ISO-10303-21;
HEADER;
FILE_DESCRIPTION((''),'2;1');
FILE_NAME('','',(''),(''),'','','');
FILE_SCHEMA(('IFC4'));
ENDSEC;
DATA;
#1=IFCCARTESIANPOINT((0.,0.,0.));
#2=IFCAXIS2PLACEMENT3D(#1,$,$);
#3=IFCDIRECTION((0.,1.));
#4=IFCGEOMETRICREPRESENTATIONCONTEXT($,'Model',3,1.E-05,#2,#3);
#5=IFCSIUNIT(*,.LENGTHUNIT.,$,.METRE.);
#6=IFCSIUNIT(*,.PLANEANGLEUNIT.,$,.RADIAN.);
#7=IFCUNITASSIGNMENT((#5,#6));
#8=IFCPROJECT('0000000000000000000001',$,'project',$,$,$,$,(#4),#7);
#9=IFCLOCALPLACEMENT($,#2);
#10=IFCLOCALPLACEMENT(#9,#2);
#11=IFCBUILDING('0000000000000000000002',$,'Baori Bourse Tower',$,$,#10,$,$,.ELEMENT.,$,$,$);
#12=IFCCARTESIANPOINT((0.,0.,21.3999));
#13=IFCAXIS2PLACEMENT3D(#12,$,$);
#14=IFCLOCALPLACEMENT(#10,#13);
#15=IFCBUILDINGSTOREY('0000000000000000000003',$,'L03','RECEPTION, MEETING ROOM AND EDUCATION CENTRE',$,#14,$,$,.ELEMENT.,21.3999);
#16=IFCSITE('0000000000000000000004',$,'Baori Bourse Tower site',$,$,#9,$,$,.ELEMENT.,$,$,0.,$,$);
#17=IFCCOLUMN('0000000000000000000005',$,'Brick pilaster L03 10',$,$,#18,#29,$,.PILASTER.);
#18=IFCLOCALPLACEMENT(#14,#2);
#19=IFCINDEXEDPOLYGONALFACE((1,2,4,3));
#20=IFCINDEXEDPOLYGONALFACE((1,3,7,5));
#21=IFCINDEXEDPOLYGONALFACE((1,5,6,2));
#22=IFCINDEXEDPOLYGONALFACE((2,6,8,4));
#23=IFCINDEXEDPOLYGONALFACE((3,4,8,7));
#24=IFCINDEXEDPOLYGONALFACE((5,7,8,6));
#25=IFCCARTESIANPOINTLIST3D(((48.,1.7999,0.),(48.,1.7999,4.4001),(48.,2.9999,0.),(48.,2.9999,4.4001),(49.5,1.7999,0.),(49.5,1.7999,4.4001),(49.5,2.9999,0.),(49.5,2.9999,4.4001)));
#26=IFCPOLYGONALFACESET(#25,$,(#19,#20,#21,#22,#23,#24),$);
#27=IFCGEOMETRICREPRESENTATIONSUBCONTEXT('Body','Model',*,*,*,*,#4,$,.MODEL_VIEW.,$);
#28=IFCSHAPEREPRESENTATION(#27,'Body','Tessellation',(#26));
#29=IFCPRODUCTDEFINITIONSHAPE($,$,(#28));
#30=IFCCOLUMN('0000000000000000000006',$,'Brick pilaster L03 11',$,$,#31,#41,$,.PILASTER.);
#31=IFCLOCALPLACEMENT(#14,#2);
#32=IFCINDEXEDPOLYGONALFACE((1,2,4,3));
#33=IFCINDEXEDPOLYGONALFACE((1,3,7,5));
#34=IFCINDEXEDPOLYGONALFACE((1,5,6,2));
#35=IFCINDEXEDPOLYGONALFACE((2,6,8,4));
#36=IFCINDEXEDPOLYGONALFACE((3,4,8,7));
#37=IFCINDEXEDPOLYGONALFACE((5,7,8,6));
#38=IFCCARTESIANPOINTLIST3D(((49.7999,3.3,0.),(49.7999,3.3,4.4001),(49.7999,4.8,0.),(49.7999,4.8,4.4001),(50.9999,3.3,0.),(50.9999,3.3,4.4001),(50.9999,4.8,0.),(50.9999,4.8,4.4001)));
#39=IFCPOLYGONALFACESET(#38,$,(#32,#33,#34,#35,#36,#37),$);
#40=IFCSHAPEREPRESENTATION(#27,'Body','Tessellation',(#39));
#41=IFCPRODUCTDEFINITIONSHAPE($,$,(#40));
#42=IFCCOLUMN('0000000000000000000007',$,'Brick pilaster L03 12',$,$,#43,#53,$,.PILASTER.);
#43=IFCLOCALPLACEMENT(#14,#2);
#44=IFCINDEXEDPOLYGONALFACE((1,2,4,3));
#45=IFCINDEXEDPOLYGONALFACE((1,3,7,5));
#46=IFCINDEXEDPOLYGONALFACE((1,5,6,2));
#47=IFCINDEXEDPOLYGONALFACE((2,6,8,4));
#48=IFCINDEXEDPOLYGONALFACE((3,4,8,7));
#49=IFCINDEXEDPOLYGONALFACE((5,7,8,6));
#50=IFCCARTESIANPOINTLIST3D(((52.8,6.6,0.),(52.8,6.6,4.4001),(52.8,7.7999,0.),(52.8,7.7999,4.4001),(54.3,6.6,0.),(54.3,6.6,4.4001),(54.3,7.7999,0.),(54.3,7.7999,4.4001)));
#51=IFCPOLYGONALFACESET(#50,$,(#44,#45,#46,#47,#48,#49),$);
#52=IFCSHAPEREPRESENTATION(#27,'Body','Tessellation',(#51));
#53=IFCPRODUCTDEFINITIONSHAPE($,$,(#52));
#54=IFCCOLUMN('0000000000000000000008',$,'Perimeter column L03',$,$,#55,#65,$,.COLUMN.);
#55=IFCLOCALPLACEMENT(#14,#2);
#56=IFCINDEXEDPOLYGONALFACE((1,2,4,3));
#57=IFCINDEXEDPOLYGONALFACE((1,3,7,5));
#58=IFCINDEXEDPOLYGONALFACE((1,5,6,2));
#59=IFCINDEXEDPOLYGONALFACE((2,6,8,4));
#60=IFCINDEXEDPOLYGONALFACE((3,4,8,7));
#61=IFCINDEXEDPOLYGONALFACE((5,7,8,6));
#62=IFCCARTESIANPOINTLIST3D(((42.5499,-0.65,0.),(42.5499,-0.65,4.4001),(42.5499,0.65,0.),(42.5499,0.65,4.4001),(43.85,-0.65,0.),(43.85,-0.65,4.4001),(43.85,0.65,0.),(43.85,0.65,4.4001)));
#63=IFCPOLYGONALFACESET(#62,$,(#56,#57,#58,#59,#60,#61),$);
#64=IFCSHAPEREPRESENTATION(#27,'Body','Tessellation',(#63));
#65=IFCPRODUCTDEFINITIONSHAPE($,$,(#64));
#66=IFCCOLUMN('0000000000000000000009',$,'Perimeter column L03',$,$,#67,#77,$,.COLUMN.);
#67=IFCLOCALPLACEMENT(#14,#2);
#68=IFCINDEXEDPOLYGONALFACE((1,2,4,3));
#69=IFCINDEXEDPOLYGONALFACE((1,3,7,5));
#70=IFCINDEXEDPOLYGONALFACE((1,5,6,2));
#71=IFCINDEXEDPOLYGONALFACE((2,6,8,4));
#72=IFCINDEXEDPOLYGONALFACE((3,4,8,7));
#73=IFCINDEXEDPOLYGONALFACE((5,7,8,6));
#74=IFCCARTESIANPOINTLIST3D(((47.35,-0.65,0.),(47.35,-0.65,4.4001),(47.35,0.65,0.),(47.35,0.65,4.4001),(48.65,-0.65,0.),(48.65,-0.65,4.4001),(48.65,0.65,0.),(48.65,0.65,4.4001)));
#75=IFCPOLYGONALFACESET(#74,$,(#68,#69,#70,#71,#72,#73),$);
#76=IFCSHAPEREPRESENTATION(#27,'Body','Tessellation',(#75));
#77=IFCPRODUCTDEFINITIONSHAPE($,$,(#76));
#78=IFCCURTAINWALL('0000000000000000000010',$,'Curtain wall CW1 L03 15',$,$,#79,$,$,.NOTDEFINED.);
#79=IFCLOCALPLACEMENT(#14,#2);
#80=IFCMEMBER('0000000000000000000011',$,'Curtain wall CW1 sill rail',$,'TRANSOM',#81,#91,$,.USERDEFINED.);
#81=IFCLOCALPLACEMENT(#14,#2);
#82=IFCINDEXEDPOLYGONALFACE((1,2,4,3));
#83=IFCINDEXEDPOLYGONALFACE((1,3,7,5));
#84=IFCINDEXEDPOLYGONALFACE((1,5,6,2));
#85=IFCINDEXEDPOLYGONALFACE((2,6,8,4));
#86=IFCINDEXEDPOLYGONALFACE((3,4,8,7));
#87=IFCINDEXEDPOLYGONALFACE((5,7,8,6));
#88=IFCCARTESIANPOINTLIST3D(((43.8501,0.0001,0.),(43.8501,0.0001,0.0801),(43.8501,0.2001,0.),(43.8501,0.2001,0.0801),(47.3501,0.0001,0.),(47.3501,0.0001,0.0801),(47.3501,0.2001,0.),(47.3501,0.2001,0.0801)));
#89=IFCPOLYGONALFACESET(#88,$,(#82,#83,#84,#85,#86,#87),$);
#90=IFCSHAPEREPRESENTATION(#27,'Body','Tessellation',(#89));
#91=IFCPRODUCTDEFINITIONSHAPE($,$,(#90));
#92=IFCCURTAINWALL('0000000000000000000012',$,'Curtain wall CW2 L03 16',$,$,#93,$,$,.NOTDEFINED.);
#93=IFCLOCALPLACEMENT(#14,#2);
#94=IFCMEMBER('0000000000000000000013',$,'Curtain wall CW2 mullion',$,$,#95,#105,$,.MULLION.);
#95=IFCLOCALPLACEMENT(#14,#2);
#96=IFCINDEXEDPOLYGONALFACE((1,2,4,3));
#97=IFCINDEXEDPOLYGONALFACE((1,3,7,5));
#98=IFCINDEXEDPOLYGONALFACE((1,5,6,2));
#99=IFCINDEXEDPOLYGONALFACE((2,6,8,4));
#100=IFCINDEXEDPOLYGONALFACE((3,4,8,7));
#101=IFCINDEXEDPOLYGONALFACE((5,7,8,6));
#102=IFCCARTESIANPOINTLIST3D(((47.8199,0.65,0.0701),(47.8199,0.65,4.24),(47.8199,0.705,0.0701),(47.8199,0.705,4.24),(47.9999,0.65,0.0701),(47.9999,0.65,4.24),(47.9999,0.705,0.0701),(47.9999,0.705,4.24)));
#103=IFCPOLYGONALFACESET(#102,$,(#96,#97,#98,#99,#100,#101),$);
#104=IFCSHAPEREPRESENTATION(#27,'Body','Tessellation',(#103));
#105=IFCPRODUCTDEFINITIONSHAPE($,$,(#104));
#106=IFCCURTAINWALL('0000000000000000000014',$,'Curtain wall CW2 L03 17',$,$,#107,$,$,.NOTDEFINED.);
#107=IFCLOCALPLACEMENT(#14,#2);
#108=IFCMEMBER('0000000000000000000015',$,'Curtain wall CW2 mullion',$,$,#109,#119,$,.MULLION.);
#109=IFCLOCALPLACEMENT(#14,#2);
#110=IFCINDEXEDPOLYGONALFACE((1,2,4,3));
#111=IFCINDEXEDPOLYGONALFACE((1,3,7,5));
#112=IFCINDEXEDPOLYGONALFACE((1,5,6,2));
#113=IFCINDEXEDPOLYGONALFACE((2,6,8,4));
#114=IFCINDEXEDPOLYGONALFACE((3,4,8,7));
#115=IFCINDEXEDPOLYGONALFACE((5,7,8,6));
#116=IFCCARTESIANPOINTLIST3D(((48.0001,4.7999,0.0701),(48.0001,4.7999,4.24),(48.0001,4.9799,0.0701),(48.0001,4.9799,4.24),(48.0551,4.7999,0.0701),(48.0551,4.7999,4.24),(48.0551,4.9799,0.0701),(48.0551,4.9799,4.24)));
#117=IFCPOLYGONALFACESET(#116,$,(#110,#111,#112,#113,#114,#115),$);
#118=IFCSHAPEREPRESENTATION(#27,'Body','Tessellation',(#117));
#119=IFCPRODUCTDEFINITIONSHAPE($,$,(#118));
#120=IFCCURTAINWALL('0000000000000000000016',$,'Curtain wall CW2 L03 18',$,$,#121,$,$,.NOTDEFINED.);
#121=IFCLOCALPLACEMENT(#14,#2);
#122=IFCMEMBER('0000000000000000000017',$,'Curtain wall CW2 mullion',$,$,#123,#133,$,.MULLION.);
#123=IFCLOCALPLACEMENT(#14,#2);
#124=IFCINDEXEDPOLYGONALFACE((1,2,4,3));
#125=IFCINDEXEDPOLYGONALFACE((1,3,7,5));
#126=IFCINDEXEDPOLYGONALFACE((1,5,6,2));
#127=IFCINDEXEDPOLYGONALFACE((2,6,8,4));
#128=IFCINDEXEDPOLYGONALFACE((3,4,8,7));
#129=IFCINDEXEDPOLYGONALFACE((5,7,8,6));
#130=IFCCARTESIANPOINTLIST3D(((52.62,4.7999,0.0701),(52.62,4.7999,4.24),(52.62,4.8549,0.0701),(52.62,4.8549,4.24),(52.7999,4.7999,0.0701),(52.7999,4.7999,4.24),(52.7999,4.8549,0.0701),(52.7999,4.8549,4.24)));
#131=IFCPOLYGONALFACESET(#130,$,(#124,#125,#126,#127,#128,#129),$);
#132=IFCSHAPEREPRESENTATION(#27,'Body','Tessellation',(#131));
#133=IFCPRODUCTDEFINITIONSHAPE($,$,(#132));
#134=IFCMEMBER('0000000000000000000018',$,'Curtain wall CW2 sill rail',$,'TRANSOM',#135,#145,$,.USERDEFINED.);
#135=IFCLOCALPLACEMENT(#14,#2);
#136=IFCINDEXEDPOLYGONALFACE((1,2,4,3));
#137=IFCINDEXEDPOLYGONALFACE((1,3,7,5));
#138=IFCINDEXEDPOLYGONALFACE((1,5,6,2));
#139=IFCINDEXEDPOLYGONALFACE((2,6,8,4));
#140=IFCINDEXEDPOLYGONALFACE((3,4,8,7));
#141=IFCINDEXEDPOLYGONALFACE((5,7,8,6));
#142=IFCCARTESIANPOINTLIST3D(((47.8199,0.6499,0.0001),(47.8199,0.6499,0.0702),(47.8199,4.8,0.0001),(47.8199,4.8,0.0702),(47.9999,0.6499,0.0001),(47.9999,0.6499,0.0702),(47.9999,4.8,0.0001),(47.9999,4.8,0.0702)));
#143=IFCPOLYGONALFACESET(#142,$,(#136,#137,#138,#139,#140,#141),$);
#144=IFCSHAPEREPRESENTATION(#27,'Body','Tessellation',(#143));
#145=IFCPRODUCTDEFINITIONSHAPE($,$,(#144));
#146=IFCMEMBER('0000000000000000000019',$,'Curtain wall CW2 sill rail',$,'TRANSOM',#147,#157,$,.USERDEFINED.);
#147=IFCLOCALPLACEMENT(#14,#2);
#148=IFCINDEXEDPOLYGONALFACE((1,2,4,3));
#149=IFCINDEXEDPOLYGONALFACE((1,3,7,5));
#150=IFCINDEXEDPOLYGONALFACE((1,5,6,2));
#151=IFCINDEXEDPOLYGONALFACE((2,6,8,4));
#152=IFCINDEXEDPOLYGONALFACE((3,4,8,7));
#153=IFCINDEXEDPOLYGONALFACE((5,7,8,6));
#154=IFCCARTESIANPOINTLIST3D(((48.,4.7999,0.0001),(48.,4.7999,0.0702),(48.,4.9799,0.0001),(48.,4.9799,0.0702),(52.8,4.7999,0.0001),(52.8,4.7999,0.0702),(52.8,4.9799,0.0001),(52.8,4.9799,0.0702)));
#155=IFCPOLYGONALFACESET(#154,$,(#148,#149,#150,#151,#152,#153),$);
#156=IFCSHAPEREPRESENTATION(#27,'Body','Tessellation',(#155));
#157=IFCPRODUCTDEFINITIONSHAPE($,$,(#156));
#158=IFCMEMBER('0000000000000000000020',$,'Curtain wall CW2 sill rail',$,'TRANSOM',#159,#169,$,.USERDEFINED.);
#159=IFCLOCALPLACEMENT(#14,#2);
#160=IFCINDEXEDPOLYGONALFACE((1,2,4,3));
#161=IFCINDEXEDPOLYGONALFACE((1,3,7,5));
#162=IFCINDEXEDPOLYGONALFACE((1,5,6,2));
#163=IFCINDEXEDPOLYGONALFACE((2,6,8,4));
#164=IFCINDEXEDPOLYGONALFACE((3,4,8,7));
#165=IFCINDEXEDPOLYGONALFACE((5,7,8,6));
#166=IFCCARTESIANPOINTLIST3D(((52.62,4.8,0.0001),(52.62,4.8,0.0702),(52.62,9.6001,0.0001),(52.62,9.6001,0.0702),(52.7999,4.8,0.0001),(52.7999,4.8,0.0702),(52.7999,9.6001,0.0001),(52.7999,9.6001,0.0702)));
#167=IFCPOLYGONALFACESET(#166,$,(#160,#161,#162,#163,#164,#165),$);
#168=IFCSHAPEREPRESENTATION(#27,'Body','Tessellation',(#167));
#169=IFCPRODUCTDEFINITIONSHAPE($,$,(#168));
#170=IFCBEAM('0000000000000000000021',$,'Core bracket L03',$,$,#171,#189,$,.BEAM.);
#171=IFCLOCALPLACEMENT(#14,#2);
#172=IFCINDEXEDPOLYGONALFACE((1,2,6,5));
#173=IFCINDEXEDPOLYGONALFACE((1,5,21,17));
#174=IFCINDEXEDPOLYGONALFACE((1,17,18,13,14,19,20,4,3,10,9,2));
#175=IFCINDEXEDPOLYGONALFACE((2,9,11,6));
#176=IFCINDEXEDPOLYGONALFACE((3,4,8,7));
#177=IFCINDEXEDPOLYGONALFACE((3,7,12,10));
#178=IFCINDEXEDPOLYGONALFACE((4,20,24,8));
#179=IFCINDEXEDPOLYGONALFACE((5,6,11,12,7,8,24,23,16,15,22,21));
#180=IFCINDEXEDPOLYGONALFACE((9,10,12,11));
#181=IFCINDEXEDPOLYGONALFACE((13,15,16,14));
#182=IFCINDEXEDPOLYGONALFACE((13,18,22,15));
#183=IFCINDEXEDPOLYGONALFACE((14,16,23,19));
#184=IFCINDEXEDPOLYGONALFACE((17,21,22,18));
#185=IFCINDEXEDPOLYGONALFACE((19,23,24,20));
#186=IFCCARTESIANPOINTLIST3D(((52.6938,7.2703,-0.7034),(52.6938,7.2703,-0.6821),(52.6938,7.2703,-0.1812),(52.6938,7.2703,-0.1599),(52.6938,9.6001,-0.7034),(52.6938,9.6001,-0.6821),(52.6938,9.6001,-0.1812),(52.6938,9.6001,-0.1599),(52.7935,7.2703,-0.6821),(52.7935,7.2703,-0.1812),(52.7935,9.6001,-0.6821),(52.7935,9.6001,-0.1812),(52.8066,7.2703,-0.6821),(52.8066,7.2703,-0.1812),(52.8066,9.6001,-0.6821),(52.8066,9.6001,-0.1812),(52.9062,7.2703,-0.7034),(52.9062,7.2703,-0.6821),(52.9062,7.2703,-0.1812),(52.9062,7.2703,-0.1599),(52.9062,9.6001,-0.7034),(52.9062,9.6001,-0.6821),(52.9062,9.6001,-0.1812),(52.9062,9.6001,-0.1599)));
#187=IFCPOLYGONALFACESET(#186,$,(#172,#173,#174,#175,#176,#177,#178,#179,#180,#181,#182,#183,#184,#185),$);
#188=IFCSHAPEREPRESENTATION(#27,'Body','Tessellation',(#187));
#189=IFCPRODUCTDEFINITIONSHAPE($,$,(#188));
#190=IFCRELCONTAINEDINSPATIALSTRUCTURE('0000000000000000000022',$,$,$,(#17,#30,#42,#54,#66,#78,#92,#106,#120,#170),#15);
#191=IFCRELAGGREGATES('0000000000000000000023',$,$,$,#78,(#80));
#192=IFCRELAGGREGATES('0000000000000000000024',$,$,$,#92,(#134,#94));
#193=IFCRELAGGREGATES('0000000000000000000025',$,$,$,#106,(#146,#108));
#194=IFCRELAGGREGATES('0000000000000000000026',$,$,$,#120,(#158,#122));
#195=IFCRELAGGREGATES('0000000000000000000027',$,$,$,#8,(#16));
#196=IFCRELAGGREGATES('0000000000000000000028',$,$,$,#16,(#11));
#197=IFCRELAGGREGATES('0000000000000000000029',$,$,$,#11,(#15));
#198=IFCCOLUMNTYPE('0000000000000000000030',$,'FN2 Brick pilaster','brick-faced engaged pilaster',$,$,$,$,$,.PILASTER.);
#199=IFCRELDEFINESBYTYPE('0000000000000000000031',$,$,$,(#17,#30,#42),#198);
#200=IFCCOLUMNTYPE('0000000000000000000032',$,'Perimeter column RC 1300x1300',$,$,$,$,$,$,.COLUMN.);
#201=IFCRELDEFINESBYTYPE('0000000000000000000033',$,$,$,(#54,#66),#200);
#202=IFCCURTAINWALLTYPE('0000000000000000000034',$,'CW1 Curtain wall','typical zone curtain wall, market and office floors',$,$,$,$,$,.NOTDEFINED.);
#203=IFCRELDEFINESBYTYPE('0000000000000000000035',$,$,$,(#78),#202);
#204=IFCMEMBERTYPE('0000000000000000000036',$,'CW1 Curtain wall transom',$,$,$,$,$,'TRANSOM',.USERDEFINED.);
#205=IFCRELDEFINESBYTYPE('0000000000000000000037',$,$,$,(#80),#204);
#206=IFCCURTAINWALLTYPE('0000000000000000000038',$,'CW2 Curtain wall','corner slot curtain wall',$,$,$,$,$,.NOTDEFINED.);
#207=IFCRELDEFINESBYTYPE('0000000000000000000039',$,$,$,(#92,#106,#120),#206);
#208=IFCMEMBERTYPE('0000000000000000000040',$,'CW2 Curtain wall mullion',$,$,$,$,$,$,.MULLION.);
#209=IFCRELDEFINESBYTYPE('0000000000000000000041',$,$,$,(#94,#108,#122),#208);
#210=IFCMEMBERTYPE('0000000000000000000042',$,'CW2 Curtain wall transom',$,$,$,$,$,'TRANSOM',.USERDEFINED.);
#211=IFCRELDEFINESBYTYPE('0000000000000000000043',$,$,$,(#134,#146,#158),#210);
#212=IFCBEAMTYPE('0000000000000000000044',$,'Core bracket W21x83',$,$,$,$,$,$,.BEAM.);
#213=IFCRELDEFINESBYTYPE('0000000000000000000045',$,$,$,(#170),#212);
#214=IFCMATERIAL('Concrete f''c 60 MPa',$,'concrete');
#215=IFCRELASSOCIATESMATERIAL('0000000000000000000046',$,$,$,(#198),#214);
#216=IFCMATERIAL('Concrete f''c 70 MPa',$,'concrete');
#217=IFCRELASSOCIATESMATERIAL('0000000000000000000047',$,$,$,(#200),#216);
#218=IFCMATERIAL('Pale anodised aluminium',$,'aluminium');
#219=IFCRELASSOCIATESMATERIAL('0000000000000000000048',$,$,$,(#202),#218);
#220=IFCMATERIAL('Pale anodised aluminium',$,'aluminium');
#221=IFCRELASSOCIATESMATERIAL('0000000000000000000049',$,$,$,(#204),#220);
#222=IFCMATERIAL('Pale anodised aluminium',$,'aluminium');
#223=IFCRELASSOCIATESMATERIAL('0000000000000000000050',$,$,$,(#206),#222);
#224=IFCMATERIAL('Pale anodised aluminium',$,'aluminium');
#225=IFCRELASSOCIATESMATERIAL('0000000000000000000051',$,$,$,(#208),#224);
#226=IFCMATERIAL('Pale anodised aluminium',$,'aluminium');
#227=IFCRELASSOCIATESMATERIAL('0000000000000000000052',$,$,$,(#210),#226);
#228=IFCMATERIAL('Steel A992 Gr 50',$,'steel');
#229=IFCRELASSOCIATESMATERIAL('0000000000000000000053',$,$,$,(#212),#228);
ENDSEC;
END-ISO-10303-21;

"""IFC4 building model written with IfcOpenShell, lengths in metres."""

from ifc_helpers import new_model, si_unit, direction, frame, origin, origin_2d, place, context, subcontext, project, spatial, rectangle, i_section, extrude, material, material_profile, profile_set, type_object, element, aggregate, save


model = new_model("IFC4")

# Units and contexts
model_context = context("Model", 3, precision=1e-05, world=origin(), true_north=direction((0.0, 1.0)))
body_context = subcontext(model_context, "Body", "Model", "MODEL_VIEW")
ifc_project = project(units=[si_unit("LENGTHUNIT", "METRE"), si_unit("PLANEANGLEUNIT", "RADIAN")], contexts=[model_context])

# Site, building, storey
site_placement = place(None, origin())
site = spatial("IfcSite", under=ifc_project, at=site_placement, Name="Baori Bourse Tower site", CompositionType="ELEMENT", RefElevation=0.0)
building_placement = place(site_placement, origin())
building = spatial("IfcBuilding", under=site, at=building_placement, Name="Baori Bourse Tower", CompositionType="ELEMENT")
storey_placement = place(building_placement, frame((0.0, 0.0, 21.3999)))
storey = spatial("IfcBuildingStorey", under=building, at=storey_placement, Name="L03", Description="RECEPTION, MEETING ROOM AND EDUCATION CENTRE", CompositionType="ELEMENT", Elevation=21.3999)

# Columns
ifc_material_1 = material(Name="Concrete f'c 60 MPa", Category="concrete")
ifc_material_profile_1 = material_profile(ifc_material_1, rectangle(XDim=1.2, YDim=1.5, at=origin_2d()), Name="RC 1200x1500")
ifc_profile_set_1 = profile_set([ifc_material_profile_1], Name="Concrete f'c 60 MPa")
column_type_1 = type_object("IfcColumnType", Name="FN2 Brick pilaster", Description="brick-faced engaged pilaster", PredefinedType="PILASTER", material=ifc_profile_set_1)
for number, where, z_axis, x_axis, name in (
    (1, (48.75, 2.3999, 0.0), (0.0, 0.0, 1.0), (0.0, 1.0, 0.0), "Brick pilaster L03 10"),
    (2, (50.3999, 4.05, 0.0), (0.0, 0.0, 1.0), (1.0, 0.0, 0.0), "Brick pilaster L03 11"),
    (3, (53.55, 7.2, 0.0), (0.0, 0.0, 1.0), (0.0, 1.0, 0.0), "Brick pilaster L03 12"),
):
    element("IfcColumn", number, at=place(storey_placement, frame(where, z_axis=z_axis, x_axis=x_axis)), inside=storey, type_object=column_type_1, Name=name, PredefinedType="PILASTER", context=body_context, shape_type="SweptSolid", body=[
        extrude(rectangle(XDim=1.2, YDim=1.5, at=origin_2d()), origin(), (0.0, 0.0, 1.0), 4.4001),
    ])
ifc_material_2 = material(Name="Concrete f'c 70 MPa", Category="concrete")
ifc_material_profile_2 = material_profile(ifc_material_2, rectangle(XDim=1.3, YDim=1.3, at=origin_2d()), Name="RC 1300x1300")
ifc_profile_set_2 = profile_set([ifc_material_profile_2], Name="Concrete f'c 70 MPa")
column_type_2 = type_object("IfcColumnType", Name="Perimeter column RC 1300x1300", PredefinedType="COLUMN", material=ifc_profile_set_2)
for number, where, z_axis, x_axis, name in (
    (4, (43.2, 0.0, 0.0), (0.0, 0.0, 1.0), (1.0, 0.0, 0.0), "Perimeter column L03"),
    (5, (48.0, 0.0, 0.0), (0.0, 0.0, 1.0), (1.0, 0.0, 0.0), "Perimeter column L03"),
):
    element("IfcColumn", number, at=place(storey_placement, frame(where, z_axis=z_axis, x_axis=x_axis)), inside=storey, type_object=column_type_2, Name=name, PredefinedType="COLUMN", context=body_context, shape_type="SweptSolid", body=[
        extrude(rectangle(XDim=1.3, YDim=1.3, at=origin_2d()), origin(), (0.0, 0.0, 1.0), 4.4001),
    ])

# Curtain walls, members
ifc_material_3 = material(Name="Pale anodised aluminium", Category="aluminium")
curtain_wall_type_1 = type_object("IfcCurtainWallType", Name="CW1 Curtain wall", Description="typical zone curtain wall, market and office floors", PredefinedType="NOTDEFINED", material=ifc_material_3)
curtain_wall_1_placement = place(storey_placement, origin())
curtain_wall_1 = element("IfcCurtainWall", 6, at=curtain_wall_1_placement, inside=storey, type_object=curtain_wall_type_1, Name="Curtain wall CW1 L03 15", PredefinedType="NOTDEFINED")
ifc_material_4 = material(Name="Pale anodised aluminium", Category="aluminium")
ifc_material_profile_3 = material_profile(ifc_material_4, rectangle(XDim=0.2, YDim=0.0801, at=origin_2d()), Name="Transom 80x200")
ifc_profile_set_3 = profile_set([ifc_material_profile_3], Name="Pale anodised aluminium")
member_type_1 = type_object("IfcMemberType", Name="CW1 Curtain wall transom", ElementType="TRANSOM", PredefinedType="USERDEFINED", material=ifc_profile_set_3)
member_1_placement = place(storey_placement, frame((43.8501, 0.1001, 0.04), z_axis=(1.0, 0.0, 0.0), x_axis=(0.0, 1.0, 0.0)))
member_1 = element("IfcMember", 7, at=member_1_placement, type_object=member_type_1, Name="Curtain wall CW1 sill rail", ObjectType="TRANSOM", PredefinedType="USERDEFINED", context=body_context, shape_type="SweptSolid", body=[
    extrude(rectangle(XDim=0.2, YDim=0.0801, at=origin_2d()), origin(), (0.0, 0.0, 1.0), 3.5),
])
ifc_material_5 = material(Name="Pale anodised aluminium", Category="aluminium")
curtain_wall_type_2 = type_object("IfcCurtainWallType", Name="CW2 Curtain wall", Description="corner slot curtain wall", PredefinedType="NOTDEFINED", material=ifc_material_5)
curtain_wall_2_placement = place(storey_placement, origin())
curtain_wall_2 = element("IfcCurtainWall", 8, at=curtain_wall_2_placement, inside=storey, type_object=curtain_wall_type_2, Name="Curtain wall CW2 L03 16", PredefinedType="NOTDEFINED")
ifc_material_6 = material(Name="Pale anodised aluminium", Category="aluminium")
ifc_material_profile_4 = material_profile(ifc_material_6, rectangle(XDim=0.1799, YDim=0.0549, at=origin_2d()), Name="Mullion 55x180")
ifc_profile_set_4 = profile_set([ifc_material_profile_4], Name="Pale anodised aluminium")
member_type_2 = type_object("IfcMemberType", Name="CW2 Curtain wall mullion", PredefinedType="MULLION", material=ifc_profile_set_4)
member_2_placement = place(storey_placement, frame((47.9099, 0.6775, 0.0701), z_axis=(0.0, 0.0, 1.0), x_axis=(-1.0, 0.0, 0.0)))
member_2 = element("IfcMember", 9, at=member_2_placement, type_object=member_type_2, Name="Curtain wall CW2 mullion", PredefinedType="MULLION", context=body_context, shape_type="SweptSolid", body=[
    extrude(rectangle(XDim=0.1799, YDim=0.0549, at=origin_2d()), origin(), (0.0, 0.0, 1.0), 4.1699),
])
curtain_wall_3_placement = place(storey_placement, origin())
curtain_wall_3 = element("IfcCurtainWall", 10, at=curtain_wall_3_placement, inside=storey, type_object=curtain_wall_type_2, Name="Curtain wall CW2 L03 17", PredefinedType="NOTDEFINED")
member_3_placement = place(storey_placement, frame((48.0276, 4.8899, 0.0701), z_axis=(0.0, 0.0, 1.0), x_axis=(0.0, 1.0, 0.0)))
member_3 = element("IfcMember", 11, at=member_3_placement, type_object=member_type_2, Name="Curtain wall CW2 mullion", PredefinedType="MULLION", context=body_context, shape_type="SweptSolid", body=[
    extrude(rectangle(XDim=0.1799, YDim=0.0549, at=origin_2d()), origin(), (0.0, 0.0, 1.0), 4.1699),
])
curtain_wall_4_placement = place(storey_placement, origin())
curtain_wall_4 = element("IfcCurtainWall", 12, at=curtain_wall_4_placement, inside=storey, type_object=curtain_wall_type_2, Name="Curtain wall CW2 L03 18", PredefinedType="NOTDEFINED")
member_4_placement = place(storey_placement, frame((52.71, 4.8274, 0.0701), z_axis=(0.0, 0.0, 1.0), x_axis=(-1.0, 0.0, 0.0)))
member_4 = element("IfcMember", 13, at=member_4_placement, type_object=member_type_2, Name="Curtain wall CW2 mullion", PredefinedType="MULLION", context=body_context, shape_type="SweptSolid", body=[
    extrude(rectangle(XDim=0.1799, YDim=0.0549, at=origin_2d()), origin(), (0.0, 0.0, 1.0), 4.1699),
])

# Members
ifc_material_7 = material(Name="Pale anodised aluminium", Category="aluminium")
ifc_material_profile_5 = material_profile(ifc_material_7, rectangle(XDim=0.1799, YDim=0.0701, at=origin_2d()), Name="Transom 70x180")
ifc_profile_set_5 = profile_set([ifc_material_profile_5], Name="Pale anodised aluminium")
member_type_3 = type_object("IfcMemberType", Name="CW2 Curtain wall transom", ElementType="TRANSOM", PredefinedType="USERDEFINED", material=ifc_profile_set_5)
member_5_placement = place(storey_placement, frame((47.9099, 0.6499, 0.0352), z_axis=(0.0, 1.0, 0.0), x_axis=(-1.0, 0.0, 0.0)))
member_5 = element("IfcMember", 14, at=member_5_placement, type_object=member_type_3, Name="Curtain wall CW2 sill rail", ObjectType="TRANSOM", PredefinedType="USERDEFINED", context=body_context, shape_type="SweptSolid", body=[
    extrude(rectangle(XDim=0.1799, YDim=0.0701, at=origin_2d()), origin(), (0.0, 0.0, 1.0), 4.1501),
])
member_6_placement = place(storey_placement, frame((48.0, 4.8899, 0.0352), z_axis=(1.0, 0.0, 0.0), x_axis=(0.0, 1.0, 0.0)))
member_6 = element("IfcMember", 15, at=member_6_placement, type_object=member_type_3, Name="Curtain wall CW2 sill rail", ObjectType="TRANSOM", PredefinedType="USERDEFINED", context=body_context, shape_type="SweptSolid", body=[
    extrude(rectangle(XDim=0.1799, YDim=0.0701, at=origin_2d()), origin(), (0.0, 0.0, 1.0), 4.8),
])
member_7_placement = place(storey_placement, frame((52.71, 4.8, 0.0352), z_axis=(0.0, 1.0, 0.0), x_axis=(-1.0, 0.0, 0.0)))
member_7 = element("IfcMember", 16, at=member_7_placement, type_object=member_type_3, Name="Curtain wall CW2 sill rail", ObjectType="TRANSOM", PredefinedType="USERDEFINED", context=body_context, shape_type="SweptSolid", body=[
    extrude(rectangle(XDim=0.1799, YDim=0.0701, at=origin_2d()), origin(), (0.0, 0.0, 1.0), 4.8),
])

# Beam
ifc_material_8 = material(Name="Steel A992 Gr 50", Category="steel")
ifc_material_profile_6 = material_profile(ifc_material_8, i_section(OverallWidth=0.2124, OverallDepth=0.5435, WebThickness=0.0132, FlangeThickness=0.0212, at=origin_2d()), Name="W21x83")
ifc_profile_set_6 = profile_set([ifc_material_profile_6], Name="Steel A992 Gr 50")
beam_type_1 = type_object("IfcBeamType", Name="Core bracket W21x83", PredefinedType="BEAM", material=ifc_profile_set_6)
beam_1_placement = place(storey_placement, frame((52.8, 7.2703, -0.4316), z_axis=(0.0, 1.0, 0.0), x_axis=(-1.0, 0.0, 0.0)))
element("IfcBeam", 17, at=beam_1_placement, inside=storey, type_object=beam_type_1, Name="Core bracket L03", PredefinedType="BEAM", context=body_context, shape_type="SweptSolid", body=[
    extrude(i_section(OverallWidth=0.2124, OverallDepth=0.5435, WebThickness=0.0132, FlangeThickness=0.0212, at=origin_2d()), origin(), (0.0, 0.0, 1.0), 2.3298),
])

aggregate(curtain_wall_1, [member_1])
aggregate(curtain_wall_2, [member_5, member_2])
aggregate(curtain_wall_3, [member_6, member_3])
aggregate(curtain_wall_4, [member_7, member_4])

save(model, "model.ifc")
